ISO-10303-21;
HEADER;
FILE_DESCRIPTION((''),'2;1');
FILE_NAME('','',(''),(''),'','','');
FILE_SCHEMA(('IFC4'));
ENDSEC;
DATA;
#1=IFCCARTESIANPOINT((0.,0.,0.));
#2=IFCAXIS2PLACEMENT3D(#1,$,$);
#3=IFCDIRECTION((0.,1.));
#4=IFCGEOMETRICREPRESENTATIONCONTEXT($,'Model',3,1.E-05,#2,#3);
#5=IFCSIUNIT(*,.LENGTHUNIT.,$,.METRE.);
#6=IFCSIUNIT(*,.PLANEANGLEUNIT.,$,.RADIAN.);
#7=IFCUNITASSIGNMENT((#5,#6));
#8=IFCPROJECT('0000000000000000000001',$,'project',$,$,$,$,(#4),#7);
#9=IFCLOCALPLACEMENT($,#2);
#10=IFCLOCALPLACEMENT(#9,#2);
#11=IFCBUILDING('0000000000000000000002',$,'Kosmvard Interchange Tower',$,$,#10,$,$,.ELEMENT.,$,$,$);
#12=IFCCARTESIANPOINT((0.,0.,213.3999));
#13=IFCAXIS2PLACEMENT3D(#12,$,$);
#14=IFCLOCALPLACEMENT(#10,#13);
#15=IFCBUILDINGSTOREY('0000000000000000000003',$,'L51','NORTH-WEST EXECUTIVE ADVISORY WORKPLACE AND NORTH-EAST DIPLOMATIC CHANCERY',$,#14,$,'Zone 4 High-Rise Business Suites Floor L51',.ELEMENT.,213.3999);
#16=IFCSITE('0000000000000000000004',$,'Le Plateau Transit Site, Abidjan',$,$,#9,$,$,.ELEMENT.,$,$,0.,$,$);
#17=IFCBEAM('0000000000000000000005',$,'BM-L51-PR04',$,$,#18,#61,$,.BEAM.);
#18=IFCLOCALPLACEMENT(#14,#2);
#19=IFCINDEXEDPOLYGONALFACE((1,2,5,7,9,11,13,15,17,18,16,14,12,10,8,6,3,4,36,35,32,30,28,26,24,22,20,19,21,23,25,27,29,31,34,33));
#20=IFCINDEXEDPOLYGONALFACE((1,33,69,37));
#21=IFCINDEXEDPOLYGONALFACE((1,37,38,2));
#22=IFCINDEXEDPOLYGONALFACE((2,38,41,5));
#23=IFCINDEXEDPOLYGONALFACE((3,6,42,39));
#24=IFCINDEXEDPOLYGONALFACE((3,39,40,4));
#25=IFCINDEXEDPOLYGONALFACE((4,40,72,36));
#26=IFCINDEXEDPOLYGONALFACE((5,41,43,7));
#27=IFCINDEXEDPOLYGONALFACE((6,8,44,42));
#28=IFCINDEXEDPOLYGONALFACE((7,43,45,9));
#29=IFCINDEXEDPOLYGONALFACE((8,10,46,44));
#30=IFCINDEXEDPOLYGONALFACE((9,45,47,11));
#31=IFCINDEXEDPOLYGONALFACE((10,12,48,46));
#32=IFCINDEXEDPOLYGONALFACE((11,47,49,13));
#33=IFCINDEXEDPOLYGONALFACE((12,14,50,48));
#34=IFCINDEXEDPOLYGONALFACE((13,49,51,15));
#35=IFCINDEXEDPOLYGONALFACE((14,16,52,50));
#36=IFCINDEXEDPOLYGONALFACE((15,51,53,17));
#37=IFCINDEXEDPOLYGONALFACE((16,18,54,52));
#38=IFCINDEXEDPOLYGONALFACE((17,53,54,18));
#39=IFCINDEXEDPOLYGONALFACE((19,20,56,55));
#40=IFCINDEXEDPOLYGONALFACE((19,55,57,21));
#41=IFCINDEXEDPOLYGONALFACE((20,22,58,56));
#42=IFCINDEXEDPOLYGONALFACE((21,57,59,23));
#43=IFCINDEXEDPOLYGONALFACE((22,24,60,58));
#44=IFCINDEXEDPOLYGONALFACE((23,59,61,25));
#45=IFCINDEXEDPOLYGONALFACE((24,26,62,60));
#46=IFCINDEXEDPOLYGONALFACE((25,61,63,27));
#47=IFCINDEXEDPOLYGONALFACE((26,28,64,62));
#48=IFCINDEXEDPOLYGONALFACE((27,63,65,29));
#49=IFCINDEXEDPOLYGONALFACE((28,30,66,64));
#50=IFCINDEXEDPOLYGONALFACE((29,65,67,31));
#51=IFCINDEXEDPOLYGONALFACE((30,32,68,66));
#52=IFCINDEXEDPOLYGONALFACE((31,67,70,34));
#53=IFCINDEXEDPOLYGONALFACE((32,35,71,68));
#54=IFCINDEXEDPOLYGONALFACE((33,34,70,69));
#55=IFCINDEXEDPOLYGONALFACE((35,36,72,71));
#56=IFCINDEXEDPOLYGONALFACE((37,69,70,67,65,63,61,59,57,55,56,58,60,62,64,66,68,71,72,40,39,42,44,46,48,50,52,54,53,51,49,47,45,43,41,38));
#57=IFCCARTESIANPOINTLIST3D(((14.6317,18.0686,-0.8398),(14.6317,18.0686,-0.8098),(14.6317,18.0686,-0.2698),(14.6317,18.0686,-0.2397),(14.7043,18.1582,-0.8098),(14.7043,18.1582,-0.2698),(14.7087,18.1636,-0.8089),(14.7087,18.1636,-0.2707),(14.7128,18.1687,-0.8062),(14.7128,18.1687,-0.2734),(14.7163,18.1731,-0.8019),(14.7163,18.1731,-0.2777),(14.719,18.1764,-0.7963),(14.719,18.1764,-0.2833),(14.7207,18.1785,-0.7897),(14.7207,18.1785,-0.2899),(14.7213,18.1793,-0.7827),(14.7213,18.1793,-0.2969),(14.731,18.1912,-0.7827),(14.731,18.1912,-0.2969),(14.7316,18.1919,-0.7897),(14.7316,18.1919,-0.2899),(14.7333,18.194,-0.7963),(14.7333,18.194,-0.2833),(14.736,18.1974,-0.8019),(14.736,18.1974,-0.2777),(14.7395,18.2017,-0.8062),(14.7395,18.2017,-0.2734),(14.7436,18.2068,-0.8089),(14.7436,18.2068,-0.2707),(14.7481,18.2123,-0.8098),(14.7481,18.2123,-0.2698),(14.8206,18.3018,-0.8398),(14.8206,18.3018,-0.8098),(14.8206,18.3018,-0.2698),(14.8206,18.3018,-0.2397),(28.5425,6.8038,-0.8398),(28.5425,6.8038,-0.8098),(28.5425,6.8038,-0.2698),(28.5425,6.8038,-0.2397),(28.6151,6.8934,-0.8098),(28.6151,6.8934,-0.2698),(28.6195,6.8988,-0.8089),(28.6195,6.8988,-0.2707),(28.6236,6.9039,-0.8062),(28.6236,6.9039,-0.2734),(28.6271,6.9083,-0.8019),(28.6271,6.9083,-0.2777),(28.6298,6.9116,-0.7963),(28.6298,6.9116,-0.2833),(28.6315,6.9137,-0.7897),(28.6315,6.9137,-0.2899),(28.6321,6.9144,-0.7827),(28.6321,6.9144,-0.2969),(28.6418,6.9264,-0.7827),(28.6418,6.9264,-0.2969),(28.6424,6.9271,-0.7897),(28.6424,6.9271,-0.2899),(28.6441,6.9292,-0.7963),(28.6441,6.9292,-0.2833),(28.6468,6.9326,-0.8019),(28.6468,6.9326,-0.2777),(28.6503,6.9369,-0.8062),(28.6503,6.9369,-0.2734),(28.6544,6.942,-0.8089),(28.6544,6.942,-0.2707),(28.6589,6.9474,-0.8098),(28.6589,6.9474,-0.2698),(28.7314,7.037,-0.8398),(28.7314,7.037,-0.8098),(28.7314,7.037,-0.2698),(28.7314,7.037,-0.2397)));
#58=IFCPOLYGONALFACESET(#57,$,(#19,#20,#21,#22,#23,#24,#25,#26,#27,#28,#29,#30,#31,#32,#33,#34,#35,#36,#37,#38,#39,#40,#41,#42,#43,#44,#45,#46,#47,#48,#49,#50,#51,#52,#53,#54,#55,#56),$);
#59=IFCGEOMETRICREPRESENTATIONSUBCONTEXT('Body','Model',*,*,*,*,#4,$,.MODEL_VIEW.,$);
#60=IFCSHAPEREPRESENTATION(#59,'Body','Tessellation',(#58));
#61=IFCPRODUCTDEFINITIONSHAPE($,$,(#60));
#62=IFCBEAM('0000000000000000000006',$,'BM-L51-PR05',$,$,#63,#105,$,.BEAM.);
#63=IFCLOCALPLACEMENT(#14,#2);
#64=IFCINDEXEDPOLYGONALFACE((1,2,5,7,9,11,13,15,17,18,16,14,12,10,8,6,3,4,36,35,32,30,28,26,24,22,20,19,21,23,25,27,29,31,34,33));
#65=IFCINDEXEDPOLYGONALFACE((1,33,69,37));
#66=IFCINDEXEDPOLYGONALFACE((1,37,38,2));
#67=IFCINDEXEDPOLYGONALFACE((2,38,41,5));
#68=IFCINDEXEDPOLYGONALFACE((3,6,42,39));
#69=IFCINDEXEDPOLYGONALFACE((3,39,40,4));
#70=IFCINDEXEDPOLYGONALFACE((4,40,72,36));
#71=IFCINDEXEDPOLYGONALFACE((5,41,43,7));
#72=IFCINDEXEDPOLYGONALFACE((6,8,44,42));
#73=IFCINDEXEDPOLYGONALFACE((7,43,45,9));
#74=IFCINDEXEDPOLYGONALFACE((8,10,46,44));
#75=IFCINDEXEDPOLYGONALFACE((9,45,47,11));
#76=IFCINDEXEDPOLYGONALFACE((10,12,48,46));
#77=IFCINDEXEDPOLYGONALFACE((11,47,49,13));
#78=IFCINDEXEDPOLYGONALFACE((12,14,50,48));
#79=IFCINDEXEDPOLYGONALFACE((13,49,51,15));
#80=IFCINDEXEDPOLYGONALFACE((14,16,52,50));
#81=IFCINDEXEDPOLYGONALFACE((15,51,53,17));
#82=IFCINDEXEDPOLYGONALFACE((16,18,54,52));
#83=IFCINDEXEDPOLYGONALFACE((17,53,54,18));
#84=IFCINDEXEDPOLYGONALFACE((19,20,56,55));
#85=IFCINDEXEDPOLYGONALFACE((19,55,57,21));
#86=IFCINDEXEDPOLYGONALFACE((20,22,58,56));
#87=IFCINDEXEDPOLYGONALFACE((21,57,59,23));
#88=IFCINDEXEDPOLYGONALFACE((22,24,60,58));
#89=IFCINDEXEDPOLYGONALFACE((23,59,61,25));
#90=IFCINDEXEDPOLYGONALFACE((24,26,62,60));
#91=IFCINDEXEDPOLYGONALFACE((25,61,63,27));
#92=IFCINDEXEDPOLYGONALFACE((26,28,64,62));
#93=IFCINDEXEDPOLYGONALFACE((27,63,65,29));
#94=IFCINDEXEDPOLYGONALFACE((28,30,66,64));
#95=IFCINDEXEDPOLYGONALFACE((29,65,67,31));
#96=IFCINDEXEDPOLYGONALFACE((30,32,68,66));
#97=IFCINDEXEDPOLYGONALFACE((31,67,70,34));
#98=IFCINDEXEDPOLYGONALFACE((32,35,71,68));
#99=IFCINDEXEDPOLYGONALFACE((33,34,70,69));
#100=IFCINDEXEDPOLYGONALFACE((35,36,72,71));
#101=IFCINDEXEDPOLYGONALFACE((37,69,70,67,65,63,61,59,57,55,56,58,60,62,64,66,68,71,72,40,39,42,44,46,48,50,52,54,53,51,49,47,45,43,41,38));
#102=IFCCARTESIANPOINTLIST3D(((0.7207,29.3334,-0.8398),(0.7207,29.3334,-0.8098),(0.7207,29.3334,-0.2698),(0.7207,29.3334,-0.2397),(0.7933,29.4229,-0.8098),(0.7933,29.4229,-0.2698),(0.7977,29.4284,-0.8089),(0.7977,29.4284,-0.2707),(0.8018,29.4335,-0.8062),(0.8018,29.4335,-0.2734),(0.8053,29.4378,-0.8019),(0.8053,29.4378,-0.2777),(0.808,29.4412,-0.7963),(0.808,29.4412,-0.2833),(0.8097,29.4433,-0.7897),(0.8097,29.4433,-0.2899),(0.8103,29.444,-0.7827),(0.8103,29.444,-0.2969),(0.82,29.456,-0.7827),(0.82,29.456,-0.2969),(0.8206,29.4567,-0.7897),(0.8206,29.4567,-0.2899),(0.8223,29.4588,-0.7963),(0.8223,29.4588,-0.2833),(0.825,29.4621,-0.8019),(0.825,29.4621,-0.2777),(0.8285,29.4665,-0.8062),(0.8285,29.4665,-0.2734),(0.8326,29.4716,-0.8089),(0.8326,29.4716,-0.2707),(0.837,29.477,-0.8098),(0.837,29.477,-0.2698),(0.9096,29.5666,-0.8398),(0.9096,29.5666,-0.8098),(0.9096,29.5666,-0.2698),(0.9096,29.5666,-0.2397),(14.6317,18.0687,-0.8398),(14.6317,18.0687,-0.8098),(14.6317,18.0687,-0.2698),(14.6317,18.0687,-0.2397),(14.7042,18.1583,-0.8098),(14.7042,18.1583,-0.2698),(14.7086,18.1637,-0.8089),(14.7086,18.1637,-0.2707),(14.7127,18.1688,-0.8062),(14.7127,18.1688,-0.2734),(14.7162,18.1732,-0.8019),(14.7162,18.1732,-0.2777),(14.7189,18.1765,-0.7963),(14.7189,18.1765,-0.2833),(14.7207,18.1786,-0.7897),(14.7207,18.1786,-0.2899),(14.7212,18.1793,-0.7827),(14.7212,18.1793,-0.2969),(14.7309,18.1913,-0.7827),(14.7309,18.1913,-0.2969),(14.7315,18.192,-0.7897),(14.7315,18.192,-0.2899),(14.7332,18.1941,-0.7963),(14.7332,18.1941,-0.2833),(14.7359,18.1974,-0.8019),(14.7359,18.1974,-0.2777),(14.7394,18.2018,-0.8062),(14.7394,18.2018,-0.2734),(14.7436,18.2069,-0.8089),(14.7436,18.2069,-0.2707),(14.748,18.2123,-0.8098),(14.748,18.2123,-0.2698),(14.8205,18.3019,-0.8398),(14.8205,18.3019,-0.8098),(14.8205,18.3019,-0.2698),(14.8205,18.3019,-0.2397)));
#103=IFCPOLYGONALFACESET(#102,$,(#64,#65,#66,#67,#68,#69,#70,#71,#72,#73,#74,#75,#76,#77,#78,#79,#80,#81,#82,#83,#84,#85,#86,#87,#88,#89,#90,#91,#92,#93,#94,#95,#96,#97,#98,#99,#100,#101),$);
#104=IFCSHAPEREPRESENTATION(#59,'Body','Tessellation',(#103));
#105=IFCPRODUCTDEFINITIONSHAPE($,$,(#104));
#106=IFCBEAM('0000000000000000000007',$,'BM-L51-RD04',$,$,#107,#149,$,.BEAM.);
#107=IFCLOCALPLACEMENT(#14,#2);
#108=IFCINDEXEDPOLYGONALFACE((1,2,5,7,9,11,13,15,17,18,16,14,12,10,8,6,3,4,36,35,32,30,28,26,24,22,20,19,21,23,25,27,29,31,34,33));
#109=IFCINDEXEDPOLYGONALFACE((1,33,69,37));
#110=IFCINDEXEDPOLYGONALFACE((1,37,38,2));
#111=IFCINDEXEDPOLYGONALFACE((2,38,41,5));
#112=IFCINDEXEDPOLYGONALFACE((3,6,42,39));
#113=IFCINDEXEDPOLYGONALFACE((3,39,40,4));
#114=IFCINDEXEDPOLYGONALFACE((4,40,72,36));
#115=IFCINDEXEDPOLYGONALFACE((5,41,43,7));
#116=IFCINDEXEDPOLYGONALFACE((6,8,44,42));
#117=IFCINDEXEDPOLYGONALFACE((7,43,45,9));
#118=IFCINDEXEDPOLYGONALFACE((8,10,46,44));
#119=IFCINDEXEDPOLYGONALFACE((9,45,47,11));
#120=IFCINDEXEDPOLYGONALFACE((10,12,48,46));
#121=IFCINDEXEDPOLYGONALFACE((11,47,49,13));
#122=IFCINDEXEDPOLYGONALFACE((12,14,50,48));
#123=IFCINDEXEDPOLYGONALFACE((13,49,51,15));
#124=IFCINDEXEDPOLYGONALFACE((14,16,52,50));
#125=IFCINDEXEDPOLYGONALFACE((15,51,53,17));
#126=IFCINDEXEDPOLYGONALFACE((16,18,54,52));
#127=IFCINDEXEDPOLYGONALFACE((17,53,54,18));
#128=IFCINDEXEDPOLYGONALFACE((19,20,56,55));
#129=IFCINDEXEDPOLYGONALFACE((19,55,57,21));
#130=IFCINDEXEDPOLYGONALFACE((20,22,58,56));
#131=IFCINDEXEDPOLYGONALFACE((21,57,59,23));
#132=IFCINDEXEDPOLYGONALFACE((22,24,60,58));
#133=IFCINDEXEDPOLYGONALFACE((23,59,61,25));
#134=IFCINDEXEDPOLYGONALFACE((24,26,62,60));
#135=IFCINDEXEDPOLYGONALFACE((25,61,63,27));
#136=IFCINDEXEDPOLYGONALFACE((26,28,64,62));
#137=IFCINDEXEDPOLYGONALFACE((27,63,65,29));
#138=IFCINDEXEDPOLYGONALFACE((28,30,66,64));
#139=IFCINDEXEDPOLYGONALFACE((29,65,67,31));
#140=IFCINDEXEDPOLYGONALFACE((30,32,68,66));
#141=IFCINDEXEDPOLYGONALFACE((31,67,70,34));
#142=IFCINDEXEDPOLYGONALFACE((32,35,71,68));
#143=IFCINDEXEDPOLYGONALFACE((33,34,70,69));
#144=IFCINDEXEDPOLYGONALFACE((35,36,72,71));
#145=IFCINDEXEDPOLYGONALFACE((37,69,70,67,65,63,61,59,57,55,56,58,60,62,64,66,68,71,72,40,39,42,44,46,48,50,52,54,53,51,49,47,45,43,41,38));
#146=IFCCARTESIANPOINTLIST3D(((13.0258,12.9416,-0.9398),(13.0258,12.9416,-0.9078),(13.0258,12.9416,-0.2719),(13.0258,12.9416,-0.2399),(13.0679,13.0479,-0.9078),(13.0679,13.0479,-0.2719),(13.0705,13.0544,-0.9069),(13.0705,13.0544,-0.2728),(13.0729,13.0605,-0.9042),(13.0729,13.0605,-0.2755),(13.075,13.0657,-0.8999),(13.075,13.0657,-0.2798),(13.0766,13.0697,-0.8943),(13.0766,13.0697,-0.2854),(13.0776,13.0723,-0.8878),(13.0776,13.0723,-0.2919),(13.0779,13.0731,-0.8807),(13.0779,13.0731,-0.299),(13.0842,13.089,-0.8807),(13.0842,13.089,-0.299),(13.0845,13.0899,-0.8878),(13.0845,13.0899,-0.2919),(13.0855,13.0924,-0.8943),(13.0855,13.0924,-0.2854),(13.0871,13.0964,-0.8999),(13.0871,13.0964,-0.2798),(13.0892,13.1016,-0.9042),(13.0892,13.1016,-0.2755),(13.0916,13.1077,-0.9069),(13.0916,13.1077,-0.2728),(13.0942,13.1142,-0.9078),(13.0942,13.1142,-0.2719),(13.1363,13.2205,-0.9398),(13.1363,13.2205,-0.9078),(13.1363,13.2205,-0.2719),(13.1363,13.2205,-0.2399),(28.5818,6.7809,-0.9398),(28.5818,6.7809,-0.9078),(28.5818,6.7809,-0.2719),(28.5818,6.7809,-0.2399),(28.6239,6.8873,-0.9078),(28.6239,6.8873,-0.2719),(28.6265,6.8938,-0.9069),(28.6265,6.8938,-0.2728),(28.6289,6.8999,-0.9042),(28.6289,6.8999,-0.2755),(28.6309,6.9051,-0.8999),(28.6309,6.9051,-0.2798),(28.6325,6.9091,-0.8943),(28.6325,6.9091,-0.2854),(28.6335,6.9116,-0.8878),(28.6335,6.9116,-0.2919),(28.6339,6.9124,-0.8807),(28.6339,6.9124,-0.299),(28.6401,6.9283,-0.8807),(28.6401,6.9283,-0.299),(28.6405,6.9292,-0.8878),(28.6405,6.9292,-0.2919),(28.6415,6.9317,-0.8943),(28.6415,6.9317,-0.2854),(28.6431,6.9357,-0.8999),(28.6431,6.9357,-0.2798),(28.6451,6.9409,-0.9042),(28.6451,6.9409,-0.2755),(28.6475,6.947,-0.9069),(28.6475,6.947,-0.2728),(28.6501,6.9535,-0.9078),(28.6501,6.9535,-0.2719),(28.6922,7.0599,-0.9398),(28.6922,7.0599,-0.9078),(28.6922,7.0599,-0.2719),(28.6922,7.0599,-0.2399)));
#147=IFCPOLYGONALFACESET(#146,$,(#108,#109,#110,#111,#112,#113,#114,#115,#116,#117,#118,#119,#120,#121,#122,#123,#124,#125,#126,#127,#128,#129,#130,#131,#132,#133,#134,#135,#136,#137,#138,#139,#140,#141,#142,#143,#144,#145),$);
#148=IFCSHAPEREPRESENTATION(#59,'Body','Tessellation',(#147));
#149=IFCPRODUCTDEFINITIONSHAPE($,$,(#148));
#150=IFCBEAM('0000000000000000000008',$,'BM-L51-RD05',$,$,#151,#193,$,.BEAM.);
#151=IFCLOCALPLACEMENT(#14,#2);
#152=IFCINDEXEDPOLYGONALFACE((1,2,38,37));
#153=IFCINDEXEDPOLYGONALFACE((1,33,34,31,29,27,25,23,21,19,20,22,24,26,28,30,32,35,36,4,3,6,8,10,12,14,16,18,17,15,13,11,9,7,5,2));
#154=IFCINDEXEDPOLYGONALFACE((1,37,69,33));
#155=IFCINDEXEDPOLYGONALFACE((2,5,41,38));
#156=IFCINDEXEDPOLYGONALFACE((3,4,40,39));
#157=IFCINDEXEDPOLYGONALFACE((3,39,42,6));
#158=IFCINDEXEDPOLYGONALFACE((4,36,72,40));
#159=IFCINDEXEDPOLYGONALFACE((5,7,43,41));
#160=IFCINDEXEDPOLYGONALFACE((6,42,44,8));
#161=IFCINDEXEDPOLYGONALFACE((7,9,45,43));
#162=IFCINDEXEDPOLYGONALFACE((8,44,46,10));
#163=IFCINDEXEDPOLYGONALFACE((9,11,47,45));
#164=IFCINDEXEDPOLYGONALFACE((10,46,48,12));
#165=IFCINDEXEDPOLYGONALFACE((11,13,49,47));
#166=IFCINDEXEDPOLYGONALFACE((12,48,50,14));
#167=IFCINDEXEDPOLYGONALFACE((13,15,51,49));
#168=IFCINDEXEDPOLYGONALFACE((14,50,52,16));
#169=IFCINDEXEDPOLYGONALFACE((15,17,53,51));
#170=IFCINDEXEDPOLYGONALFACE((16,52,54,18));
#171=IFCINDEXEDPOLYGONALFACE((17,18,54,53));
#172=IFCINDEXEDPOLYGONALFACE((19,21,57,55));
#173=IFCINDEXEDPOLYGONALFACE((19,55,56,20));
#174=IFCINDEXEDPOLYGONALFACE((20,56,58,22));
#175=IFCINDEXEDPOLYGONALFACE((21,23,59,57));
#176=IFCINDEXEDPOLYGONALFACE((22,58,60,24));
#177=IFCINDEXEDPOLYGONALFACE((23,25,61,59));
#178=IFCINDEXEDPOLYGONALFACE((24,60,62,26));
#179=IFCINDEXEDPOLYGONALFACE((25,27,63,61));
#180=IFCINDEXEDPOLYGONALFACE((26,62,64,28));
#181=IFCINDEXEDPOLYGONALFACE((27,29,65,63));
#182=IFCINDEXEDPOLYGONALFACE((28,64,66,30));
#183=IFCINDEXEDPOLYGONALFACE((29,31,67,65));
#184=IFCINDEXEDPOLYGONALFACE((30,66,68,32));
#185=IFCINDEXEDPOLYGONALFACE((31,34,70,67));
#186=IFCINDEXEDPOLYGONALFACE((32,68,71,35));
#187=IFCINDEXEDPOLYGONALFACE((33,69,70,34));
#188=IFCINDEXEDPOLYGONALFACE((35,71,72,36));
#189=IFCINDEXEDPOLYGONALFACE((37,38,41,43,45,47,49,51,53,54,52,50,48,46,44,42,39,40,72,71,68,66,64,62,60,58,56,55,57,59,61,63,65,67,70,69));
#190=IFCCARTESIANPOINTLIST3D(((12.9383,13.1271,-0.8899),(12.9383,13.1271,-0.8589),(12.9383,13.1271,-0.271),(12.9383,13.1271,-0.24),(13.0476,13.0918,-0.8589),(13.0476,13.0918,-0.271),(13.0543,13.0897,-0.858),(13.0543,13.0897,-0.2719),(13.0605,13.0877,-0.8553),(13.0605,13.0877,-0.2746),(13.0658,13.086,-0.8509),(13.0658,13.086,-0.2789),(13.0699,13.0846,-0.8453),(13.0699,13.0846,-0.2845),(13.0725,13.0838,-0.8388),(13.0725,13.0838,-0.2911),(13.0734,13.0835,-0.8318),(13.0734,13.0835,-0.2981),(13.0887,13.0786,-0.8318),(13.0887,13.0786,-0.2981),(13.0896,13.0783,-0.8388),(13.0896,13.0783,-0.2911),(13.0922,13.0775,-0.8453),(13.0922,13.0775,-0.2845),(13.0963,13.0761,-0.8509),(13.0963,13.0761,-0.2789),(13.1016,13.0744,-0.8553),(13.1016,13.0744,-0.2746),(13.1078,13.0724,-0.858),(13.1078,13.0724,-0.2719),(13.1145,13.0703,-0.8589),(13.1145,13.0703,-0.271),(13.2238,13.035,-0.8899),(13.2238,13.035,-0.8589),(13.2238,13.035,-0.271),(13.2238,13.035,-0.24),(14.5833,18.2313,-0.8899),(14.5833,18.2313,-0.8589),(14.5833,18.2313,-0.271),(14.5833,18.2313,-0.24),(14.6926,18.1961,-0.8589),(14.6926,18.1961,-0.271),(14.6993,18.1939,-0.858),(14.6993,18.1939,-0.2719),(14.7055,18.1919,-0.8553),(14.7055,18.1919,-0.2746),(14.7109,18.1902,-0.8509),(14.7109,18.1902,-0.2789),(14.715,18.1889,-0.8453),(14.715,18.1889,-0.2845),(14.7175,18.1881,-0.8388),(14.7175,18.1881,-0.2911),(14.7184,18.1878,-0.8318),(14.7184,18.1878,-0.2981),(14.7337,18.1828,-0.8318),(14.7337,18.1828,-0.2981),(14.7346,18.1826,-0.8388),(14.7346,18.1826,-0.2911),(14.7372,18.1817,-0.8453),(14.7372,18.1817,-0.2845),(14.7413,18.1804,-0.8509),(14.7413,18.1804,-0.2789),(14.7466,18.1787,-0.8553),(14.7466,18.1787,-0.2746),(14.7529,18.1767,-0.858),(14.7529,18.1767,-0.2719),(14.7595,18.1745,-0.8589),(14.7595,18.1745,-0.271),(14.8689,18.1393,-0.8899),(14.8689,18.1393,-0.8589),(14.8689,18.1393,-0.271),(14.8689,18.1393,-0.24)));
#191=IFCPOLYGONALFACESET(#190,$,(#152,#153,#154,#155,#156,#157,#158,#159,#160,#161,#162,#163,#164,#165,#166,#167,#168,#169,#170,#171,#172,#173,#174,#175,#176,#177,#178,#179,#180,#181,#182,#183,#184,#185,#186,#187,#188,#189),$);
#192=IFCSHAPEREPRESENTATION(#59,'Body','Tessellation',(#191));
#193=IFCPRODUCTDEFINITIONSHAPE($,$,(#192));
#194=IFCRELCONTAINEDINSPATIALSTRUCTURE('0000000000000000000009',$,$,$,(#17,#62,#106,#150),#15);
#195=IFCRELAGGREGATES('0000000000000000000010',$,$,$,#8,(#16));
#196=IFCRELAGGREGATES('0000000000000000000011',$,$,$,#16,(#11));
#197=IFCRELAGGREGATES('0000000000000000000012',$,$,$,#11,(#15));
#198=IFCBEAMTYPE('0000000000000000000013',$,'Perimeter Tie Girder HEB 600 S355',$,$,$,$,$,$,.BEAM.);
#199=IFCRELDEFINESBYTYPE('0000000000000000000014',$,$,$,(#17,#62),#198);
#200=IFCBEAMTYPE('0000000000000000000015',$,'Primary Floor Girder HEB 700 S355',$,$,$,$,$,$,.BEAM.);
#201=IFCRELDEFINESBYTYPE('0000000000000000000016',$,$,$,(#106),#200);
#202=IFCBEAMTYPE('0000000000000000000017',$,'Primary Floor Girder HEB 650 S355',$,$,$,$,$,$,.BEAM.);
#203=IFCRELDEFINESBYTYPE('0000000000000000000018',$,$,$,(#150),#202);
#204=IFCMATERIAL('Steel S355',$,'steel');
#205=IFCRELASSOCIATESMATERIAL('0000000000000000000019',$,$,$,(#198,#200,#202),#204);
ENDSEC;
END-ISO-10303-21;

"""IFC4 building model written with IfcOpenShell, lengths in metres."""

from ifc_helpers import new_model, si_unit, direction, frame, origin, origin_2d, place, context, subcontext, project, spatial, i_section, extrude, source, transform, mapped, material, material_profile, profile_set, type_object, element, save


model = new_model("IFC4")

# Units and contexts
model_context = context("Model", 3, precision=1e-05, world=origin(), true_north=direction((0.0, 1.0)))
body_context = subcontext(model_context, "Body", "Model", "MODEL_VIEW")
ifc_project = project(units=[si_unit("LENGTHUNIT", "METRE"), si_unit("PLANEANGLEUNIT", "RADIAN")], contexts=[model_context])

# Site, building, storey
site_placement = place(None, origin())
site = spatial("IfcSite", under=ifc_project, at=site_placement, Name="Le Plateau Transit Site, Abidjan", CompositionType="ELEMENT", RefElevation=0.0)
building_placement = place(site_placement, origin())
building = spatial("IfcBuilding", under=site, at=building_placement, Name="Kosmvard Interchange Tower", CompositionType="ELEMENT")
storey_placement = place(building_placement, frame((0.0, 0.0, 213.3999)))
storey = spatial("IfcBuildingStorey", under=building, at=storey_placement, Name="L51", Description="NORTH-WEST EXECUTIVE ADVISORY WORKPLACE AND NORTH-EAST DIPLOMATIC CHANCERY", LongName="Zone 4 High-Rise Business Suites Floor L51", CompositionType="ELEMENT", Elevation=213.3999)

# Beams
ifc_material_1 = material(Name="Steel S355", Category="steel")
ifc_material_profile_1 = material_profile(ifc_material_1, i_section(OverallWidth=0.3, OverallDepth=0.6001, WebThickness=0.0154, FlangeThickness=0.03, FilletRadius=0.0271, at=origin_2d()), Name="HEB 600")
ifc_profile_set_1 = profile_set([ifc_material_profile_1], Name="Steel S355")
beam_type_1 = type_object("IfcBeamType", Name="Perimeter Tie Girder HEB 600 S355", PredefinedType="BEAM", material=ifc_profile_set_1)
shared_shape_1 = source(origin(), body_context, "Body", "SweptSolid", [
    extrude(i_section(OverallWidth=0.3, OverallDepth=0.6001, WebThickness=0.0154, FlangeThickness=0.03, FilletRadius=0.0271, at=origin_2d()), origin(), (0.0, 0.0, 1.0), 17.8999),
])
for number, where, z_axis, x_axis, name in (
    (1, (28.637, 6.9204, -0.5398), (-0.777144, 0.629323, 0.0), (-0.629323, -0.777144, 0.0), "BM-L51-PR04"),
    (2, (14.7261, 18.1853, -0.5398), (-0.777151, 0.629315, 0.0), (-0.629315, -0.777151, 0.0), "BM-L51-PR05"),
):
    element("IfcBeam", number, at=place(storey_placement, frame(where, z_axis=z_axis, x_axis=x_axis)), inside=storey, type_object=beam_type_1, Name=name, PredefinedType="BEAM", context=body_context, shape_type="MappedRepresentation", body=[
        mapped(shared_shape_1, transform((0.0, 0.0, 0.0), scale=1.0)),
    ])
ifc_material_profile_2 = material_profile(ifc_material_1, i_section(OverallWidth=0.3, OverallDepth=0.7, WebThickness=0.0171, FlangeThickness=0.032, FilletRadius=0.0271, at=origin_2d()), Name="HEB 700")
ifc_profile_set_2 = profile_set([ifc_material_profile_2], Name="Steel S355")
beam_type_2 = type_object("IfcBeamType", Name="Primary Floor Girder HEB 700 S355", PredefinedType="BEAM", material=ifc_profile_set_2)
shared_shape_2 = source(origin(), body_context, "Body", "SweptSolid", [
    extrude(i_section(OverallWidth=0.3, OverallDepth=0.7, WebThickness=0.0171, FlangeThickness=0.032, FilletRadius=0.0271, at=origin_2d()), origin(), (0.0, 0.0, 1.0), 16.7314),
])
beam_1_placement = place(storey_placement, frame((13.0811, 13.0811, -0.5898), z_axis=(0.929743, -0.368209, 0.0), x_axis=(0.368209, 0.929743, 0.0)))
element("IfcBeam", 3, at=beam_1_placement, inside=storey, type_object=beam_type_2, Name="BM-L51-RD04", PredefinedType="BEAM", context=body_context, shape_type="MappedRepresentation", body=[
    mapped(shared_shape_2, transform((0.0, 0.0, 0.0), scale=1.0)),
])
ifc_material_profile_3 = material_profile(ifc_material_1, i_section(OverallWidth=0.3, OverallDepth=0.6499, WebThickness=0.0161, FlangeThickness=0.031, FilletRadius=0.0271, at=origin_2d()), Name="HEB 650")
ifc_profile_set_3 = profile_set([ifc_material_profile_3], Name="Steel S355")
beam_type_3 = type_object("IfcBeamType", Name="Primary Floor Girder HEB 650 S355", PredefinedType="BEAM", material=ifc_profile_set_3)
shared_shape_3 = source(origin(), body_context, "Body", "SweptSolid", [
    extrude(i_section(OverallWidth=0.3, OverallDepth=0.6499, WebThickness=0.0161, FlangeThickness=0.031, FilletRadius=0.0271, at=origin_2d()), origin(), (0.0, 0.0, 1.0), 5.3628),
])
beam_2_placement = place(storey_placement, frame((13.0811, 13.0811, -0.5649), z_axis=(0.306747, 0.951791, 0.0), x_axis=(-0.951791, 0.306747, 0.0)))
element("IfcBeam", 4, at=beam_2_placement, inside=storey, type_object=beam_type_3, Name="BM-L51-RD05", PredefinedType="BEAM", context=body_context, shape_type="MappedRepresentation", body=[
    mapped(shared_shape_3, transform((0.0, 0.0, 0.0), scale=1.0)),
])

save(model, "model.ifc")
